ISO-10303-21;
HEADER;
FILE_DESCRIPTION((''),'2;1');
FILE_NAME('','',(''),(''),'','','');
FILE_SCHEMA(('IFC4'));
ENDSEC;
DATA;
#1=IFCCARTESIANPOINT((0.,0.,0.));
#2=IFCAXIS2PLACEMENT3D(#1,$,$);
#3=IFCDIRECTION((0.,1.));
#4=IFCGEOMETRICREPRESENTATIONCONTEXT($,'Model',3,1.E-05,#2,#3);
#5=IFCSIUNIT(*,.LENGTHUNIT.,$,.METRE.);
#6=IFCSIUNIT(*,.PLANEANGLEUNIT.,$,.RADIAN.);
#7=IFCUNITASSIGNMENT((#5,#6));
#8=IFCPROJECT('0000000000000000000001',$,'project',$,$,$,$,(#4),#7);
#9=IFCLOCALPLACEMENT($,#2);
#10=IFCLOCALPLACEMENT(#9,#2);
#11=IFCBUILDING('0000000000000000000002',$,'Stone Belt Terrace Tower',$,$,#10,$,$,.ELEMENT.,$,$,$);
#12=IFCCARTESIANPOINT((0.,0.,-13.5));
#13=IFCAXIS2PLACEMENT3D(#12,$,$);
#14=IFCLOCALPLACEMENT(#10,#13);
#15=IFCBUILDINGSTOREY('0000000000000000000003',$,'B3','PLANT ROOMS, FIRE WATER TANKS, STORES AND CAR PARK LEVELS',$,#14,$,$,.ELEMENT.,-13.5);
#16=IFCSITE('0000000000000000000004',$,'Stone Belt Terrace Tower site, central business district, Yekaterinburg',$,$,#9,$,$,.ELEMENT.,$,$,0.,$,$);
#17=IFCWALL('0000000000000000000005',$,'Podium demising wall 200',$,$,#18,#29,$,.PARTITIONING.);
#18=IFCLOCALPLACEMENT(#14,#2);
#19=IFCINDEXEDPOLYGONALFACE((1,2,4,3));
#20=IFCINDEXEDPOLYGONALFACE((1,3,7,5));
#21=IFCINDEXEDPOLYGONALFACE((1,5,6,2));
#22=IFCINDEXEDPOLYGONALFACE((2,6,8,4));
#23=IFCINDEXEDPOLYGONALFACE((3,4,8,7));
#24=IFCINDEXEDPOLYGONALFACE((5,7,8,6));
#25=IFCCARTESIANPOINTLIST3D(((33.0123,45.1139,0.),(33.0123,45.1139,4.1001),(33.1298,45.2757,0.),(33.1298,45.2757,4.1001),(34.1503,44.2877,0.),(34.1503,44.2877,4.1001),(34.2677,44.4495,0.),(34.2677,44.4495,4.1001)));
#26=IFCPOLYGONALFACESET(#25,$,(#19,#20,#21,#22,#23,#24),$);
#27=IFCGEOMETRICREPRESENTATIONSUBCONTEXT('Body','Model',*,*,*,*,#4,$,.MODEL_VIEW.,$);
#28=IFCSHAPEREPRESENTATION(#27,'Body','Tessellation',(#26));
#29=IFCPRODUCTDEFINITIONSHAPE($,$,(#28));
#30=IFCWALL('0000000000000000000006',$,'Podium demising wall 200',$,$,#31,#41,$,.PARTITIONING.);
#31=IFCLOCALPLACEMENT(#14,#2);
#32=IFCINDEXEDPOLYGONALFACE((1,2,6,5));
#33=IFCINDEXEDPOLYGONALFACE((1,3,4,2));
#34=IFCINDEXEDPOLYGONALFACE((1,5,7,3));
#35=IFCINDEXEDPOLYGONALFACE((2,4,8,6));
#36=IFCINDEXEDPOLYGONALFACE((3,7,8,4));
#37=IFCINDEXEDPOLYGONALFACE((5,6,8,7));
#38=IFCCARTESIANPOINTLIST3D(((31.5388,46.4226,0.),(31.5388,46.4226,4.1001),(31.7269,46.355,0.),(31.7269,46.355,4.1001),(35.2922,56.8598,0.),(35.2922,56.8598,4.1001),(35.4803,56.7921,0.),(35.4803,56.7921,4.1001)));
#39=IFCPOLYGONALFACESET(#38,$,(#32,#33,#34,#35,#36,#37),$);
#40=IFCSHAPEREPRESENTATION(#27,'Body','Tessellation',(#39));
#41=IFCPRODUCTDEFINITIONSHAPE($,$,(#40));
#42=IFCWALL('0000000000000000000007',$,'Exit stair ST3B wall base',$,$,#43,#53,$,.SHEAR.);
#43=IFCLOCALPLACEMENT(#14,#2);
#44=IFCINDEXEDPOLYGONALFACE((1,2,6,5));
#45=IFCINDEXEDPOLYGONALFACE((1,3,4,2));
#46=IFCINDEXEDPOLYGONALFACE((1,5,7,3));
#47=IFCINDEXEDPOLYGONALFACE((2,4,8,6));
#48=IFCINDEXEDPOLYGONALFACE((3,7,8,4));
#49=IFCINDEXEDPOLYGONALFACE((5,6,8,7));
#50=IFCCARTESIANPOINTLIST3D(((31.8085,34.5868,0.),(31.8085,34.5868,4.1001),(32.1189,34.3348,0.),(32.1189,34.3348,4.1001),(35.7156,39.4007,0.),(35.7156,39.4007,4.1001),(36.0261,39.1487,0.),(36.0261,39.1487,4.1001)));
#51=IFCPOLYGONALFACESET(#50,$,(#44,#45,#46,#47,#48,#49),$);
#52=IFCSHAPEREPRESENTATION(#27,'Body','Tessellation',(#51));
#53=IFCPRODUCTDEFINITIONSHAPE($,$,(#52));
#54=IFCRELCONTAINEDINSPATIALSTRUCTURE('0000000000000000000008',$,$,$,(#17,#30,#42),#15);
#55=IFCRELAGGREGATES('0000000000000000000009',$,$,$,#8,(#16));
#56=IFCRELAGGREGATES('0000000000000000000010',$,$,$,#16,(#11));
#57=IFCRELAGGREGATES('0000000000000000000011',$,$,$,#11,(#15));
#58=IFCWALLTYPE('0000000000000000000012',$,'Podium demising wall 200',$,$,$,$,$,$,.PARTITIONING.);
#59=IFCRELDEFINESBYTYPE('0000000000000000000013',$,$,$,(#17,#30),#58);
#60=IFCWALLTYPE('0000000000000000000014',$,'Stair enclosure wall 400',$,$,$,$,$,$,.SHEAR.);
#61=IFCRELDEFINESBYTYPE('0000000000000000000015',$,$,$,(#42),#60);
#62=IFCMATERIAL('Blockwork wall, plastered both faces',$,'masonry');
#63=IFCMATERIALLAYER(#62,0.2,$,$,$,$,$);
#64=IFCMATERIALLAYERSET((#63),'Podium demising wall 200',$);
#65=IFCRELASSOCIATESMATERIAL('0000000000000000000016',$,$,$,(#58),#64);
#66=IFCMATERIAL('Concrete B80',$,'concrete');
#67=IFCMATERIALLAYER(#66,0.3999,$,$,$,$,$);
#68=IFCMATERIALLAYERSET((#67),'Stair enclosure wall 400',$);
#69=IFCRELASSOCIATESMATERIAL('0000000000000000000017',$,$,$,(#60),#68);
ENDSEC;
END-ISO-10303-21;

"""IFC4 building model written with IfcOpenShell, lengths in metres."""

from ifc_helpers import new_model, si_unit, direction, frame, frame_2d, origin, place, context, subcontext, project, spatial, rectangle, extrude, material, layer, layer_set, type_object, element, save


model = new_model("IFC4")

# Units and contexts
model_context = context("Model", 3, precision=1e-05, world=origin(), true_north=direction((0.0, 1.0)))
body_context = subcontext(model_context, "Body", "Model", "MODEL_VIEW")
ifc_project = project(units=[si_unit("LENGTHUNIT", "METRE"), si_unit("PLANEANGLEUNIT", "RADIAN")], contexts=[model_context])

# Site, building, storey
site_placement = place(None, origin())
site = spatial("IfcSite", under=ifc_project, at=site_placement, Name="Stone Belt Terrace Tower site, central business district, Yekaterinburg", CompositionType="ELEMENT", RefElevation=0.0)
building_placement = place(site_placement, origin())
building = spatial("IfcBuilding", under=site, at=building_placement, Name="Stone Belt Terrace Tower", CompositionType="ELEMENT")
storey_placement = place(building_placement, frame((0.0, 0.0, -13.5)))
storey = spatial("IfcBuildingStorey", under=building, at=storey_placement, Name="B3", Description="PLANT ROOMS, FIRE WATER TANKS, STORES AND CAR PARK LEVELS", CompositionType="ELEMENT", Elevation=-13.5)

# Shared definitions
ifc_material_1 = material(Name="Concrete B80", Category="concrete")

# Walls
ifc_material_2 = material(Name="Blockwork wall, plastered both faces", Category="masonry")
ifc_layer_1 = layer(ifc_material_2, 0.2)
ifc_layer_set_1 = layer_set([ifc_layer_1], Name="Podium demising wall 200")
wall_type_1 = type_object("IfcWallType", Name="Podium demising wall 200", PredefinedType="PARTITIONING", material=ifc_layer_set_1)
wall_1_placement = place(storey_placement, frame((33.071, 45.1948, 0.0), z_axis=(0.0, 0.0, 1.0), x_axis=(0.809216, -0.587511, 0.0)))
element("IfcWall", 1, at=wall_1_placement, inside=storey, type_object=wall_type_1, Name="Podium demising wall 200", PredefinedType="PARTITIONING", context=body_context, shape_type="SweptSolid", body=[
    extrude(rectangle(XDim=1.4062, YDim=0.2, at=frame_2d((0.7031, 0.0))), origin(), (0.0, 0.0, 1.0), 4.1001),
])
wall_2_placement = place(storey_placement, frame((31.6328, 46.3887, 0.0), z_axis=(0.0, 0.0, 1.0), x_axis=(0.338401, 0.941002, 0.0)))
element("IfcWall", 2, at=wall_2_placement, inside=storey, type_object=wall_type_1, Name="Podium demising wall 200", PredefinedType="PARTITIONING", context=body_context, shape_type="SweptSolid", body=[
    extrude(rectangle(XDim=11.0916, YDim=0.2, at=frame_2d((5.5459, 0.0))), origin(), (0.0, 0.0, 1.0), 4.1001),
])
ifc_layer_2 = layer(ifc_material_1, 0.3999)
ifc_layer_set_2 = layer_set([ifc_layer_2], Name="Stair enclosure wall 400")
wall_type_2 = type_object("IfcWallType", Name="Stair enclosure wall 400", PredefinedType="SHEAR", material=ifc_layer_set_2)
wall_3_placement = place(storey_placement, frame((31.9636, 34.4607, 0.0), z_axis=(0.0, 0.0, 1.0), x_axis=(0.630192, 0.776439, 0.0)))
element("IfcWall", 3, at=wall_3_placement, inside=storey, type_object=wall_type_2, Name="Exit stair ST3B wall base", PredefinedType="SHEAR", context=body_context, shape_type="SweptSolid", body=[
    extrude(rectangle(XDim=6.2, YDim=0.3999, at=frame_2d((3.1001, 0.0))), origin(), (0.0, 0.0, 1.0), 4.1001),
])

save(model, "model.ifc")
